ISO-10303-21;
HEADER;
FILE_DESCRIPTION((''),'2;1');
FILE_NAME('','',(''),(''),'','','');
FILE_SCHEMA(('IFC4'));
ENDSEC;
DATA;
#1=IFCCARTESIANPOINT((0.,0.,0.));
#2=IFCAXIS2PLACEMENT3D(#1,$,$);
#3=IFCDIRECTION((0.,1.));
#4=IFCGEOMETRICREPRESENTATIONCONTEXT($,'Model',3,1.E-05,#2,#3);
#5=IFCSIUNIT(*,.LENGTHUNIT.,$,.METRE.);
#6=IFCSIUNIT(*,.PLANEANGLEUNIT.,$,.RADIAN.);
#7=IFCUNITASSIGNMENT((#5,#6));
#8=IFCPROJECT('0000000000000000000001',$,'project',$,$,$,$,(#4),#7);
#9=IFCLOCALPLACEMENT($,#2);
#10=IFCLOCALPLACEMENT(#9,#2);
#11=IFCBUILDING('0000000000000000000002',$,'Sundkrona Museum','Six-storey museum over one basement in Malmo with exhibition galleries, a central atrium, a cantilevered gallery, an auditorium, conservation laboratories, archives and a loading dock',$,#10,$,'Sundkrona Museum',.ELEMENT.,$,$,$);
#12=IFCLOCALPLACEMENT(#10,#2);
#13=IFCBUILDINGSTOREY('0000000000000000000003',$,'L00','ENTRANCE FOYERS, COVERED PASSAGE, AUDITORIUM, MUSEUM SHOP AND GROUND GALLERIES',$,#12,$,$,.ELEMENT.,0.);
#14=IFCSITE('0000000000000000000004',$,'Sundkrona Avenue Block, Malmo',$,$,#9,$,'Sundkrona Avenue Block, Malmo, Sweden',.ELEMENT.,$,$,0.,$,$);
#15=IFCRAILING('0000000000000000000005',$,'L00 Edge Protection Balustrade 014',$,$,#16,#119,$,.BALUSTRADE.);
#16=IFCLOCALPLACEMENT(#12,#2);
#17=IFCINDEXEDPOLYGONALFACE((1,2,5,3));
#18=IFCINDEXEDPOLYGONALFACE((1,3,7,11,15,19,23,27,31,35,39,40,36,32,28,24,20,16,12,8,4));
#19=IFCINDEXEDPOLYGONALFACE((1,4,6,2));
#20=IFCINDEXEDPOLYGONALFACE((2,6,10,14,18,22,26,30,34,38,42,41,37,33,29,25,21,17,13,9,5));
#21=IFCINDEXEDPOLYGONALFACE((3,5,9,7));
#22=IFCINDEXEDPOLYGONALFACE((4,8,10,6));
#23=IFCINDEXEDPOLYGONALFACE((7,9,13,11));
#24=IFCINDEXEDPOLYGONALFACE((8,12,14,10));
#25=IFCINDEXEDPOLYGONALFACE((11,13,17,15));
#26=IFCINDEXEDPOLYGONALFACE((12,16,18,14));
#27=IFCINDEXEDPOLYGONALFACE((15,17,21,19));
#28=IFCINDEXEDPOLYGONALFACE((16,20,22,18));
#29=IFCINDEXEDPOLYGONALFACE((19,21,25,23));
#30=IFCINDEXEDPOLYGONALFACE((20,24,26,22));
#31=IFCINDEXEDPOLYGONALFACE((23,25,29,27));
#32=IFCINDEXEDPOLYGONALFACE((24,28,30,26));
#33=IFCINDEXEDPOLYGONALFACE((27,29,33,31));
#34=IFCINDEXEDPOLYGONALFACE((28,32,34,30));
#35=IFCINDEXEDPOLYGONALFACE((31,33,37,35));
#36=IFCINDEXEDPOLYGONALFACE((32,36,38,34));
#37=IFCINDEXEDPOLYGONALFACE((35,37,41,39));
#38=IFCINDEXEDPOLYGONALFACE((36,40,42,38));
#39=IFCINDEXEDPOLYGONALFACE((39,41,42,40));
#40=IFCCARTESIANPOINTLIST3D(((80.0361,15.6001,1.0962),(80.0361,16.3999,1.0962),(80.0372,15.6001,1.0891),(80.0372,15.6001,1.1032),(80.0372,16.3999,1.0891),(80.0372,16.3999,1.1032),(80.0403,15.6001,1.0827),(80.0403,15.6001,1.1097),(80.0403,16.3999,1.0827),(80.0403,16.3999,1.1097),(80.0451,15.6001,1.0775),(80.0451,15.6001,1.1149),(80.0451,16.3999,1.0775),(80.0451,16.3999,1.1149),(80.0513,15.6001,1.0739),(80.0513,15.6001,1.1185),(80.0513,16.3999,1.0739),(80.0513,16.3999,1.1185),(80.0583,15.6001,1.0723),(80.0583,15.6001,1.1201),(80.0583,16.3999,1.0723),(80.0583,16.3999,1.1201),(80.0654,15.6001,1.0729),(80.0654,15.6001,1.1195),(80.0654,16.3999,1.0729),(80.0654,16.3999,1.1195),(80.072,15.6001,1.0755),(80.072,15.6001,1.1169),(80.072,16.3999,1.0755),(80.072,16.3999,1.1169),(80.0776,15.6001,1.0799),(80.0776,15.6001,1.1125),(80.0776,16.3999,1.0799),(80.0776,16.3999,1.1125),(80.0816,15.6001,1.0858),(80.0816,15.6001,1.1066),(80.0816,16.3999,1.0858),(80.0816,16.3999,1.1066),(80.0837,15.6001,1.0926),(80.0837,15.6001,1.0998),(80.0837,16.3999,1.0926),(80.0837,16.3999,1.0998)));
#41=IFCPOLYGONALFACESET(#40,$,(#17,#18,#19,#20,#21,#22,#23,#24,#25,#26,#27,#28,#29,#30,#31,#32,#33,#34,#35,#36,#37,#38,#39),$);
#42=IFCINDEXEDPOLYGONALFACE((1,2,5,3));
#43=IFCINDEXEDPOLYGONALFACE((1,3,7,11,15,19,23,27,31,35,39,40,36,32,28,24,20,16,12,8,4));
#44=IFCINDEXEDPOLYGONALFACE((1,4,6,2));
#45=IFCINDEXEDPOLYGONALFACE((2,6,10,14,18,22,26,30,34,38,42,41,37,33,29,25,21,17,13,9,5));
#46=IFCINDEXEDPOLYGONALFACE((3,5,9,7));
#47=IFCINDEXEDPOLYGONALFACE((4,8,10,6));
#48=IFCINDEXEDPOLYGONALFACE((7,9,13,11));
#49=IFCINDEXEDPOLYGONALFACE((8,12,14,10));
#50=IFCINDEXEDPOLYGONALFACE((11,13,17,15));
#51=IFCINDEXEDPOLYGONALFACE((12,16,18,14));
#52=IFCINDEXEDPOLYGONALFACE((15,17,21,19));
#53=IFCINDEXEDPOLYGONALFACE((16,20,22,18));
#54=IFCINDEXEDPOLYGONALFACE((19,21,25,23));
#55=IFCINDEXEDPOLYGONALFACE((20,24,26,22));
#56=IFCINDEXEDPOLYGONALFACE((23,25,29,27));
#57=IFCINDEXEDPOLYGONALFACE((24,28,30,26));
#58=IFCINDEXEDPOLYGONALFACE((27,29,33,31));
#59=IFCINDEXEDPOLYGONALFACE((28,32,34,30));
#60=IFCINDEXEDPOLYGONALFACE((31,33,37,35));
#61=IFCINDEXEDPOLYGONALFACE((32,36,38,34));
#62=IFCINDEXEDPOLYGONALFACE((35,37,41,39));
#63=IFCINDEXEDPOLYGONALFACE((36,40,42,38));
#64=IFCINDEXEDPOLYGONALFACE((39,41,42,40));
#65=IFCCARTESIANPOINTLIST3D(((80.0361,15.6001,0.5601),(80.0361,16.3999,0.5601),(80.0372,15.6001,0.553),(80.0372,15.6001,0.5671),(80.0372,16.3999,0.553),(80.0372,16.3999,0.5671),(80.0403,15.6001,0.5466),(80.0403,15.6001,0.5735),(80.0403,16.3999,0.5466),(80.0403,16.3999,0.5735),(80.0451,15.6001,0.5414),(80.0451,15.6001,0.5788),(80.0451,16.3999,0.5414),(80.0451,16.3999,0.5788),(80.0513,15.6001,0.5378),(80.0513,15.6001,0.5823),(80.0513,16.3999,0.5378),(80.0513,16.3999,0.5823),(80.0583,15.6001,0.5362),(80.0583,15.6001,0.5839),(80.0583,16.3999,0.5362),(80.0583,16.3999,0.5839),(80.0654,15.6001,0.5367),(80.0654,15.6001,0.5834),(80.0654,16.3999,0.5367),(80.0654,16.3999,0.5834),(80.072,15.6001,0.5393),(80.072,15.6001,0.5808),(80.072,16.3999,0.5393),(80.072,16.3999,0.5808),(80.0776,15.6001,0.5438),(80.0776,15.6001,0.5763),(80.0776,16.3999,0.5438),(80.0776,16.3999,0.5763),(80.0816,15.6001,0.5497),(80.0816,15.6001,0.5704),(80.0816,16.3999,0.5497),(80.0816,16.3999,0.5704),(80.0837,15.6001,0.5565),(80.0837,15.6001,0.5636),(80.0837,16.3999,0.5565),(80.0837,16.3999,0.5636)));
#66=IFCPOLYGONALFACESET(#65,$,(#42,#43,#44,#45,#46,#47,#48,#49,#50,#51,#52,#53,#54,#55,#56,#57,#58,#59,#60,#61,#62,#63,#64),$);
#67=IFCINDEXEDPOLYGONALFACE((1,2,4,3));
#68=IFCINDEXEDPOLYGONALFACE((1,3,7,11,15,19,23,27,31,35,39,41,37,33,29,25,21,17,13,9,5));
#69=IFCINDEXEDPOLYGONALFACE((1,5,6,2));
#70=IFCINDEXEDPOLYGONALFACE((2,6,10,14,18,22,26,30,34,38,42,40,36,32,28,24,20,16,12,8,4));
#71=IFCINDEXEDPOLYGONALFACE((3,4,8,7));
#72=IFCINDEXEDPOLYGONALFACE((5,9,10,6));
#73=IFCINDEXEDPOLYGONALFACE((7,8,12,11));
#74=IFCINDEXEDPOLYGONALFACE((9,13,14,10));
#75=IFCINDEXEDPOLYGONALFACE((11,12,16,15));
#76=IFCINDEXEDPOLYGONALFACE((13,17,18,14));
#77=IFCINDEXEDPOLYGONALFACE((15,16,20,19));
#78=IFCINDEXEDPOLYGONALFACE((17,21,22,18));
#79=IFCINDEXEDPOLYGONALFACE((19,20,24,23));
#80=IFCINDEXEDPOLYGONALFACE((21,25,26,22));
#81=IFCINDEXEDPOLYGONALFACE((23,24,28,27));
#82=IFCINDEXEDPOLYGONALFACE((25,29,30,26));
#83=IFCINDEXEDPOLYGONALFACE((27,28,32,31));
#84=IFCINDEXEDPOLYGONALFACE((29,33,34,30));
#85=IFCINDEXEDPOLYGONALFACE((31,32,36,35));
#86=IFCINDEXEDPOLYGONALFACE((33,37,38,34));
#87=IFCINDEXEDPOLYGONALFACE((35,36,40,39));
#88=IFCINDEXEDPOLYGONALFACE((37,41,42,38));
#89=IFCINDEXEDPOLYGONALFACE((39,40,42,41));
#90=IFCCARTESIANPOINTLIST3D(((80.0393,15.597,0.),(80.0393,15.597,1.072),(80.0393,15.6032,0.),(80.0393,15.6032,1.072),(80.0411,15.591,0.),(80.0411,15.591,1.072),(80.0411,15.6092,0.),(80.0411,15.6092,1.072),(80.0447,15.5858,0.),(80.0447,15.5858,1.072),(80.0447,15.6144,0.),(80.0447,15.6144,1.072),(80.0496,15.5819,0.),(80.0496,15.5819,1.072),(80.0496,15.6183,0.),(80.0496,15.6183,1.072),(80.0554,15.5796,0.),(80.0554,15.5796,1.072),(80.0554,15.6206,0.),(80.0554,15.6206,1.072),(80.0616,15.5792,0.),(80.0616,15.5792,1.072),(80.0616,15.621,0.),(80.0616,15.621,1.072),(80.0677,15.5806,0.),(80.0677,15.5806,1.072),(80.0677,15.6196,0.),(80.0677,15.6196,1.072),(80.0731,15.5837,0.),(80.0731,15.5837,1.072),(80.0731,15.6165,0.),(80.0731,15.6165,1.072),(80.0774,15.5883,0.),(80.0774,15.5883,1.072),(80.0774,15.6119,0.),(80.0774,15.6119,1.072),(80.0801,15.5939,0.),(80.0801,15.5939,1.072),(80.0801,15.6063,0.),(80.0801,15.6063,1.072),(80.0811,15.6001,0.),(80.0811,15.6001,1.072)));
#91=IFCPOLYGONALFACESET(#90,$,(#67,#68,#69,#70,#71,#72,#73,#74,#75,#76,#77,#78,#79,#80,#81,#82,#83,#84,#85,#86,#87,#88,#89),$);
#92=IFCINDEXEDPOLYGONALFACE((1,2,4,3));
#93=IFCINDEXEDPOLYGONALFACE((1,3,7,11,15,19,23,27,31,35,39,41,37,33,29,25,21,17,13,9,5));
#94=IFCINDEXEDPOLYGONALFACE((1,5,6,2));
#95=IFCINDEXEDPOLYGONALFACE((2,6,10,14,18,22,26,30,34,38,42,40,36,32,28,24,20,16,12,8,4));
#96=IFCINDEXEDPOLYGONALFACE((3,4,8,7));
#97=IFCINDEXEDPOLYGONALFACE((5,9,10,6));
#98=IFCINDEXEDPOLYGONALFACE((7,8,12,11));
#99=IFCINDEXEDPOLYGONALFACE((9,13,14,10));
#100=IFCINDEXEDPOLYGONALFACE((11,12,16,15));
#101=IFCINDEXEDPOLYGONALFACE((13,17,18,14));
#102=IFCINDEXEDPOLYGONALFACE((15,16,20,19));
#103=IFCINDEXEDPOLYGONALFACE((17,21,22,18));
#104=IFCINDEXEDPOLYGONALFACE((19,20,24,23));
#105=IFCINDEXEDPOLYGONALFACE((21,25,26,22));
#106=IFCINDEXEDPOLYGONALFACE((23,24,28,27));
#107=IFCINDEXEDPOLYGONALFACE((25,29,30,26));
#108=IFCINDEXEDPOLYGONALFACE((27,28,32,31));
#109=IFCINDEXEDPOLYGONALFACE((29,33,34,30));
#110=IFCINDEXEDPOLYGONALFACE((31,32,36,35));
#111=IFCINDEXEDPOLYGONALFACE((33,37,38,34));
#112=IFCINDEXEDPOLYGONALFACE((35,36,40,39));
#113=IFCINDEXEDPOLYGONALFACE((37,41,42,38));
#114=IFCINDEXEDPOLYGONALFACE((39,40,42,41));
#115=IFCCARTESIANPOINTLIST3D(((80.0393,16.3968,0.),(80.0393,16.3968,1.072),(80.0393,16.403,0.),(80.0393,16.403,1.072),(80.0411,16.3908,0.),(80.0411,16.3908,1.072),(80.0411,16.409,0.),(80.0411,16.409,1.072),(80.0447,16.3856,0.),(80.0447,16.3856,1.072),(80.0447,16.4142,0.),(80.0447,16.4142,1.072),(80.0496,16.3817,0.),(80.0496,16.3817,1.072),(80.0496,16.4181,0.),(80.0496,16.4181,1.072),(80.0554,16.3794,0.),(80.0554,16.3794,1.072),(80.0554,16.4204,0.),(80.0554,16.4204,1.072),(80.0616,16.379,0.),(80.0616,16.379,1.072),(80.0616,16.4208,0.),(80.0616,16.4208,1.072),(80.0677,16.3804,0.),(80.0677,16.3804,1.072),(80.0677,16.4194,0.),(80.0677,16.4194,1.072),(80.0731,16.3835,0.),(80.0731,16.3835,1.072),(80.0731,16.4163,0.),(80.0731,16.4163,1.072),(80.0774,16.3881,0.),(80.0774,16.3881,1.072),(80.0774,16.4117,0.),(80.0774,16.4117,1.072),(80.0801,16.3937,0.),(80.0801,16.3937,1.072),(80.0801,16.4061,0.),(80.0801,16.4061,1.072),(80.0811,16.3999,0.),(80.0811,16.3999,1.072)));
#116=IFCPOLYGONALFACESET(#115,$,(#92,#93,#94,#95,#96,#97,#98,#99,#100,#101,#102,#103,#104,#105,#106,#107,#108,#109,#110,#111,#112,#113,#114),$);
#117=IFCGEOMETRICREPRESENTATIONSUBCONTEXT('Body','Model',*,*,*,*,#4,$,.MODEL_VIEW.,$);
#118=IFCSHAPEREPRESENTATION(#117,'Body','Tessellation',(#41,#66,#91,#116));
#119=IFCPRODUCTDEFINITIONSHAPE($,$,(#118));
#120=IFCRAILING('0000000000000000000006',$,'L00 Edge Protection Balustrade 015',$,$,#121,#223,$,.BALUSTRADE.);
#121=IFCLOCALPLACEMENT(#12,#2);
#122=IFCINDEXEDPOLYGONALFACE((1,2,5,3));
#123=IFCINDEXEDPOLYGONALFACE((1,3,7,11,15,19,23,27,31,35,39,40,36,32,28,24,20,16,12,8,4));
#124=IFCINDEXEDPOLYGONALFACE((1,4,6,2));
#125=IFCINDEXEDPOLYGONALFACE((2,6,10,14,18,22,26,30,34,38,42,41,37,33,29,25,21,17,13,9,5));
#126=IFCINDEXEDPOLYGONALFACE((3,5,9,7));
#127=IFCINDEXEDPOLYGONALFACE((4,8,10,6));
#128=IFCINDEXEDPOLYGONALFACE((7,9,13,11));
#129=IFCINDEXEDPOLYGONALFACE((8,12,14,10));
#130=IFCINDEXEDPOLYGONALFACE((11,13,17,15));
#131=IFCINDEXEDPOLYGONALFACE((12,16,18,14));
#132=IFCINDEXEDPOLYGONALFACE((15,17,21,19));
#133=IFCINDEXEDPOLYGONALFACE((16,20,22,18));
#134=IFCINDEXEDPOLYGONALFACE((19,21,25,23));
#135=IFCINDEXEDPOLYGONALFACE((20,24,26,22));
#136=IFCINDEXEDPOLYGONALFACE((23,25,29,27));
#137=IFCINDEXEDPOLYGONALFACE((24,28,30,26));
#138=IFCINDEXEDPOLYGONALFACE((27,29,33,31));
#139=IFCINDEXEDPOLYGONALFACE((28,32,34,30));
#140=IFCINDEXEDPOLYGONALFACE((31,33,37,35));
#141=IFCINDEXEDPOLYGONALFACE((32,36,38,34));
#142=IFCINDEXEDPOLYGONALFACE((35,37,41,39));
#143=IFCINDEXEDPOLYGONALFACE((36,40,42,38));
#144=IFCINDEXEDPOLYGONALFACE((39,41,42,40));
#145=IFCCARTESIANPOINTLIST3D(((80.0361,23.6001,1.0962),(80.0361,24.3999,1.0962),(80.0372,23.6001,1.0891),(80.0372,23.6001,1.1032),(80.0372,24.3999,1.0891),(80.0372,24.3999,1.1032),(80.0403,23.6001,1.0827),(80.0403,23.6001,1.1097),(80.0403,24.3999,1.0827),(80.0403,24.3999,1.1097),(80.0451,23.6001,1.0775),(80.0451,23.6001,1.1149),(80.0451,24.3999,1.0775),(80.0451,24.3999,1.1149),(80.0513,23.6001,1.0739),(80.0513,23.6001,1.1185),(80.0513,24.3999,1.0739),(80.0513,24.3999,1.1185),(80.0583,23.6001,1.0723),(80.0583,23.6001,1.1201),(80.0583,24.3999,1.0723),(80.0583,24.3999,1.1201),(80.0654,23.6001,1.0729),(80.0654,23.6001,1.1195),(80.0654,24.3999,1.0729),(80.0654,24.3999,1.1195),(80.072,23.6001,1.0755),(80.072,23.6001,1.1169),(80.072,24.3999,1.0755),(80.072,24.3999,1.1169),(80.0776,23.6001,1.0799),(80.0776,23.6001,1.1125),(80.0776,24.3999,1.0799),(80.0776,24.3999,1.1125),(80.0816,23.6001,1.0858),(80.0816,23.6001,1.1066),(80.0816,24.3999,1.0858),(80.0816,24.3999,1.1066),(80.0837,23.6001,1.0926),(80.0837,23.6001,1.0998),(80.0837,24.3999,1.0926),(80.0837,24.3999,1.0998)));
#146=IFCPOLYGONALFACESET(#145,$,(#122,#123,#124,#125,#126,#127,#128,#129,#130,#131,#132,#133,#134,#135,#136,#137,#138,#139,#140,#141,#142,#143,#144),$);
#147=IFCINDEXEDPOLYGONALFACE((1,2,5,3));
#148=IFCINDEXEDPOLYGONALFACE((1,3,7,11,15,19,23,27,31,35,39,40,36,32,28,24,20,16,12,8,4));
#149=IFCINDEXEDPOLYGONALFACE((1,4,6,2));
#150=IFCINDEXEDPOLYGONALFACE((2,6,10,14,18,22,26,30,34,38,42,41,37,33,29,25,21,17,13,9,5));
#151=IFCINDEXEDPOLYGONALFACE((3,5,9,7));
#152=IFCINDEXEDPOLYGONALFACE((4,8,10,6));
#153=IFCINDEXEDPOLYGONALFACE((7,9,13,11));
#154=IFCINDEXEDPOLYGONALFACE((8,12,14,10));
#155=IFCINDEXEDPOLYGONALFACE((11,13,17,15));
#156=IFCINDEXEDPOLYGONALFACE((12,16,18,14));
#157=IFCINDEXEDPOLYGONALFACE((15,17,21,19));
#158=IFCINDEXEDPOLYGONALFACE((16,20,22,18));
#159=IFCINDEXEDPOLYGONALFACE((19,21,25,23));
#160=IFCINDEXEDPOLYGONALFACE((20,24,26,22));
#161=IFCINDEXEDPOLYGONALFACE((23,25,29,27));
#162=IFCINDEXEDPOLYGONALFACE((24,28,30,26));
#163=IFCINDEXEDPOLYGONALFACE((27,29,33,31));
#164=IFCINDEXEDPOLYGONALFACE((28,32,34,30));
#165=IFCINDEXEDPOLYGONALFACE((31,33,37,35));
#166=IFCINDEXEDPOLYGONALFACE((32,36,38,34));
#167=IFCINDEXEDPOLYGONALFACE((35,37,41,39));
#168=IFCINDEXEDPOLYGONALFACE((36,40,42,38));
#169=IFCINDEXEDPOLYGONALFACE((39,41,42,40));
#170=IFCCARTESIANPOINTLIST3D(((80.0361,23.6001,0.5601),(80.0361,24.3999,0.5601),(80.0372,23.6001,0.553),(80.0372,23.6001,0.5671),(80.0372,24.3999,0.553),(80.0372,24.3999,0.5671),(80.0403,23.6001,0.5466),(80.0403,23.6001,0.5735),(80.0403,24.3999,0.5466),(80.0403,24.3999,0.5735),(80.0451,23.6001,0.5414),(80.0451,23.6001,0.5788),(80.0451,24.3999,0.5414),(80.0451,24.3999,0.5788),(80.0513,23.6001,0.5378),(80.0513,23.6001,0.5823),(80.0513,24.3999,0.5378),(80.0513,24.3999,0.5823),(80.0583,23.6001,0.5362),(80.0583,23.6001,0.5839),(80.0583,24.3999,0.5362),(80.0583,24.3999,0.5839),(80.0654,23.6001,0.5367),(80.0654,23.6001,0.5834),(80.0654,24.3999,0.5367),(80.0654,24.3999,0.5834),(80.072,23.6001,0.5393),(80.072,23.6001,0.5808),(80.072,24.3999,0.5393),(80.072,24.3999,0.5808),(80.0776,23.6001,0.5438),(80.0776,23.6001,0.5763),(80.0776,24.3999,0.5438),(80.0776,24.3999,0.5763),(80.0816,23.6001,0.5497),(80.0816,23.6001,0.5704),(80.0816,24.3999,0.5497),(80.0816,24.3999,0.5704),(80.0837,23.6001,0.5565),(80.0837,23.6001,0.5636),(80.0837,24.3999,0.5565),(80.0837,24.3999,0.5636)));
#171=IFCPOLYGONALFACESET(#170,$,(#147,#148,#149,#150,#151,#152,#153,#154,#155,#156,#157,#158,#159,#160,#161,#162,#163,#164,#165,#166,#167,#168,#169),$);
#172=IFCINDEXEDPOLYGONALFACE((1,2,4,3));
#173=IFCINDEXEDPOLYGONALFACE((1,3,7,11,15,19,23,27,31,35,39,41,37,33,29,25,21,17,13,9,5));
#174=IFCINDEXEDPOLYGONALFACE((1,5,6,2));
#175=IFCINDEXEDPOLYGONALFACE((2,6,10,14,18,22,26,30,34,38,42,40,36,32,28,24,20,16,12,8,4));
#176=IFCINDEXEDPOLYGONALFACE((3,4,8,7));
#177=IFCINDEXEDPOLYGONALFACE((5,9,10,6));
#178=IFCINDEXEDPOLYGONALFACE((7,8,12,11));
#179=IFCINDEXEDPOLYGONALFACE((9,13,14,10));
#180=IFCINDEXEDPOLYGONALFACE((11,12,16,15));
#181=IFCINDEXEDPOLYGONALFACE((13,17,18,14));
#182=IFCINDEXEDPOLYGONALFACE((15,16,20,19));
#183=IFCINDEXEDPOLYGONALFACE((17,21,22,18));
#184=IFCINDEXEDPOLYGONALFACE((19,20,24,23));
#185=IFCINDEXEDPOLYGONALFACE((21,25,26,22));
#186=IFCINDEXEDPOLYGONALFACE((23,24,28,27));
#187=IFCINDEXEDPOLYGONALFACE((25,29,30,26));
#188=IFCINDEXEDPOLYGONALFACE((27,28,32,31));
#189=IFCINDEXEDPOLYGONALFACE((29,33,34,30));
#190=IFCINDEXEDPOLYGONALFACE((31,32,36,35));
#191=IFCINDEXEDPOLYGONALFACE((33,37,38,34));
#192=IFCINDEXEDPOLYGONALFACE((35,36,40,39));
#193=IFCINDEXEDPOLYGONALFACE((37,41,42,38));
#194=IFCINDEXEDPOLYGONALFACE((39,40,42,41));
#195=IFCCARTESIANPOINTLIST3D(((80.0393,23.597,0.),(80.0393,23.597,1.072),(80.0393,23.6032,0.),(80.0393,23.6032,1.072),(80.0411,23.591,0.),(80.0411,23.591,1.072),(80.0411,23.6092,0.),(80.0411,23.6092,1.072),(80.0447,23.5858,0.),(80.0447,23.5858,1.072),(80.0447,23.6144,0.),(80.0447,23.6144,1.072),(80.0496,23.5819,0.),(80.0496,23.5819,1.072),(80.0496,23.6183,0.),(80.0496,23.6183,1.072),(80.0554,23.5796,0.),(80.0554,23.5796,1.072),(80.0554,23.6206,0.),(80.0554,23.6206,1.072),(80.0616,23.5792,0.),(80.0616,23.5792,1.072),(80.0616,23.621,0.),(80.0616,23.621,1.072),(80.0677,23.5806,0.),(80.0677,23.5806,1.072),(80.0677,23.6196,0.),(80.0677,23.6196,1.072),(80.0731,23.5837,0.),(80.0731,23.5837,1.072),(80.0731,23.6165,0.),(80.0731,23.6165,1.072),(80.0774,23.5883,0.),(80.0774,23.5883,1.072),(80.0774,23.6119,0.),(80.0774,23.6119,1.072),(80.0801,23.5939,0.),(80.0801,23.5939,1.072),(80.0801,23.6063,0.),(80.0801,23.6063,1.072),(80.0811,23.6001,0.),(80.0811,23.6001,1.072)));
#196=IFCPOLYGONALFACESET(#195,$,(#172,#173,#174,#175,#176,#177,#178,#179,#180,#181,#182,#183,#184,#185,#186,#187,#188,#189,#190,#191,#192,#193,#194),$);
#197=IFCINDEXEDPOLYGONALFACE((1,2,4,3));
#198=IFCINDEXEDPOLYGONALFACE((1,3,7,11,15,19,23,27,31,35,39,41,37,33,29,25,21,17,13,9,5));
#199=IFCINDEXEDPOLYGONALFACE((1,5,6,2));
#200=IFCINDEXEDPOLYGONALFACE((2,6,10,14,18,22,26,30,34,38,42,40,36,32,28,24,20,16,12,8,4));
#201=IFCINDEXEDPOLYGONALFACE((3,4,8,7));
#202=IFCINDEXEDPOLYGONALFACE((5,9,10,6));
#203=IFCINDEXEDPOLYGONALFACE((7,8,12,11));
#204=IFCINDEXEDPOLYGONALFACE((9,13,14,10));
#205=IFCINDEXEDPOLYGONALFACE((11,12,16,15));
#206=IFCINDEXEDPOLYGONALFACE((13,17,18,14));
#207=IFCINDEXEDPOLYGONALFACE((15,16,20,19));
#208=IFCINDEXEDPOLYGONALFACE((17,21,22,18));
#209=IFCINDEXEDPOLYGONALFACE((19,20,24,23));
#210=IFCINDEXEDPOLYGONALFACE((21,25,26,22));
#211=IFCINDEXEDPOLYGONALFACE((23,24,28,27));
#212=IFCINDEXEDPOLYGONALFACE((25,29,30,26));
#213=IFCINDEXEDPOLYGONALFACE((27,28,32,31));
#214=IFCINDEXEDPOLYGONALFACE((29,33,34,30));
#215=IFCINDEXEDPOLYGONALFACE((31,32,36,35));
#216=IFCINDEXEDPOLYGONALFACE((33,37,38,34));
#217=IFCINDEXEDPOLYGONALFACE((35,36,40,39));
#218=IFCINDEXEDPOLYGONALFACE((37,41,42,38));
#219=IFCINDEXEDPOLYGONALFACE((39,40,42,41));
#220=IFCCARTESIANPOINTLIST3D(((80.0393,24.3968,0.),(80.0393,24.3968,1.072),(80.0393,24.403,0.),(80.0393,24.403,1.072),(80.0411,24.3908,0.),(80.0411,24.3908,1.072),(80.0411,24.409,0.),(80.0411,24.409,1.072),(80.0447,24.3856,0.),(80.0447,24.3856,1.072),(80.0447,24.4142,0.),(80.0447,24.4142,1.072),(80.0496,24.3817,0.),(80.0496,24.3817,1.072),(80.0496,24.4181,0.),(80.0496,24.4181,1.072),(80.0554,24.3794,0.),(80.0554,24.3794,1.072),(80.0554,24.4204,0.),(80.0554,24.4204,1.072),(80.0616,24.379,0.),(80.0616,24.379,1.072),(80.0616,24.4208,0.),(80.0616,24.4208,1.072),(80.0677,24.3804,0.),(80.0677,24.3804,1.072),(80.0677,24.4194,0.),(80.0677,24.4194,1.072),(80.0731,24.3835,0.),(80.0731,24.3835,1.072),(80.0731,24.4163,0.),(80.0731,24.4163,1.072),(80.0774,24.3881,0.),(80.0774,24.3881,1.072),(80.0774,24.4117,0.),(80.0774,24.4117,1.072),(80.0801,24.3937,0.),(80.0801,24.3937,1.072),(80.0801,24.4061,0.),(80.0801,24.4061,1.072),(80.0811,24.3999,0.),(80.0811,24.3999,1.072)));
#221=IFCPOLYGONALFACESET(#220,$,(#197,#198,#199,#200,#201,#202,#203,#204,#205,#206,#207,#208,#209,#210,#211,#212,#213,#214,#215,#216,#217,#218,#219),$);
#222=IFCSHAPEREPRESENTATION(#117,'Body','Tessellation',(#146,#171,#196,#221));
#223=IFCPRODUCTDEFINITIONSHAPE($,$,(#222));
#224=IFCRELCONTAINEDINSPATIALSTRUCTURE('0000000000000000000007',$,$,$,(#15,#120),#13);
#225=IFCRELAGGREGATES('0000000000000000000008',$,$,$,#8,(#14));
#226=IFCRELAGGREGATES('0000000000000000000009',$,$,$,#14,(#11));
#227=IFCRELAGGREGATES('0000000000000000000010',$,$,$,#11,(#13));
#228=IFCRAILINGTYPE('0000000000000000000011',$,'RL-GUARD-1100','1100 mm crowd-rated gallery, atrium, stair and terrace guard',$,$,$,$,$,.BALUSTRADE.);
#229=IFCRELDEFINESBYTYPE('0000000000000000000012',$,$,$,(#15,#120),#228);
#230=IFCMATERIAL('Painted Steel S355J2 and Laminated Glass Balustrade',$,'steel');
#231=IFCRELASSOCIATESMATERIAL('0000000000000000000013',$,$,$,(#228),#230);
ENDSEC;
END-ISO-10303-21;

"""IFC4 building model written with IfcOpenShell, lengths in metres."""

from ifc_helpers import new_model, si_unit, direction, frame, origin, origin_2d, place, context, subcontext, project, spatial, circle, extrude, material, type_object, element, save


model = new_model("IFC4")

# Units and contexts
model_context = context("Model", 3, precision=1e-05, world=origin(), true_north=direction((0.0, 1.0)))
body_context = subcontext(model_context, "Body", "Model", "MODEL_VIEW")
ifc_project = project(units=[si_unit("LENGTHUNIT", "METRE"), si_unit("PLANEANGLEUNIT", "RADIAN")], contexts=[model_context])

# Site, building, storey
site_placement = place(None, origin())
site = spatial("IfcSite", under=ifc_project, at=site_placement, Name="Sundkrona Avenue Block, Malmo", LongName="Sundkrona Avenue Block, Malmo, Sweden", CompositionType="ELEMENT", RefElevation=0.0)
building_placement = place(site_placement, origin())
building = spatial("IfcBuilding", under=site, at=building_placement, Name="Sundkrona Museum", Description="Six-storey museum over one basement in Malmo with exhibition galleries, a central atrium, a cantilevered gallery, an auditorium, conservation laboratories, archives and a loading dock", LongName="Sundkrona Museum", CompositionType="ELEMENT")
storey_placement = place(building_placement, origin())
storey = spatial("IfcBuildingStorey", under=building, at=storey_placement, Name="L00", Description="ENTRANCE FOYERS, COVERED PASSAGE, AUDITORIUM, MUSEUM SHOP AND GROUND GALLERIES", CompositionType="ELEMENT", Elevation=0.0)

# Railings
ifc_material_1 = material(Name="Painted Steel S355J2 and Laminated Glass Balustrade", Category="steel")
railing_type = type_object("IfcRailingType", Name="RL-GUARD-1100", Description="1100 mm crowd-rated gallery, atrium, stair and terrace guard", PredefinedType="BALUSTRADE", material=ifc_material_1)
for number, where, name in (
    (1, (80.0601, 15.6001, 0.0), "L00 Edge Protection Balustrade 014"),
    (2, (80.0601, 23.6001, 0.0), "L00 Edge Protection Balustrade 015"),
):
    element("IfcRailing", number, at=place(storey_placement, frame(where)), inside=storey, type_object=railing_type, Name=name, PredefinedType="BALUSTRADE", context=body_context, shape_type="SweptSolid", body=[
        extrude(circle(Radius=0.0239, at=origin_2d()), frame((0.0, 0.0, 1.0962), z_axis=(0.0, 1.0, 0.0), x_axis=(-1.0, 0.0, 0.0)), (0.0, 0.0, 1.0), 0.7998),
        extrude(circle(Radius=0.0239, at=origin_2d()), frame((0.0, 0.0, 0.5601), z_axis=(0.0, 1.0, 0.0), x_axis=(-1.0, 0.0, 0.0)), (0.0, 0.0, 1.0), 0.7998),
        extrude(circle(Radius=0.021, at=origin_2d()), origin(), (0.0, 0.0, 1.0), 1.072),
        extrude(circle(Radius=0.021, at=origin_2d()), frame((0.0, 0.7998, 0.0)), (0.0, 0.0, 1.0), 1.072),
    ])

save(model, "model.ifc")
